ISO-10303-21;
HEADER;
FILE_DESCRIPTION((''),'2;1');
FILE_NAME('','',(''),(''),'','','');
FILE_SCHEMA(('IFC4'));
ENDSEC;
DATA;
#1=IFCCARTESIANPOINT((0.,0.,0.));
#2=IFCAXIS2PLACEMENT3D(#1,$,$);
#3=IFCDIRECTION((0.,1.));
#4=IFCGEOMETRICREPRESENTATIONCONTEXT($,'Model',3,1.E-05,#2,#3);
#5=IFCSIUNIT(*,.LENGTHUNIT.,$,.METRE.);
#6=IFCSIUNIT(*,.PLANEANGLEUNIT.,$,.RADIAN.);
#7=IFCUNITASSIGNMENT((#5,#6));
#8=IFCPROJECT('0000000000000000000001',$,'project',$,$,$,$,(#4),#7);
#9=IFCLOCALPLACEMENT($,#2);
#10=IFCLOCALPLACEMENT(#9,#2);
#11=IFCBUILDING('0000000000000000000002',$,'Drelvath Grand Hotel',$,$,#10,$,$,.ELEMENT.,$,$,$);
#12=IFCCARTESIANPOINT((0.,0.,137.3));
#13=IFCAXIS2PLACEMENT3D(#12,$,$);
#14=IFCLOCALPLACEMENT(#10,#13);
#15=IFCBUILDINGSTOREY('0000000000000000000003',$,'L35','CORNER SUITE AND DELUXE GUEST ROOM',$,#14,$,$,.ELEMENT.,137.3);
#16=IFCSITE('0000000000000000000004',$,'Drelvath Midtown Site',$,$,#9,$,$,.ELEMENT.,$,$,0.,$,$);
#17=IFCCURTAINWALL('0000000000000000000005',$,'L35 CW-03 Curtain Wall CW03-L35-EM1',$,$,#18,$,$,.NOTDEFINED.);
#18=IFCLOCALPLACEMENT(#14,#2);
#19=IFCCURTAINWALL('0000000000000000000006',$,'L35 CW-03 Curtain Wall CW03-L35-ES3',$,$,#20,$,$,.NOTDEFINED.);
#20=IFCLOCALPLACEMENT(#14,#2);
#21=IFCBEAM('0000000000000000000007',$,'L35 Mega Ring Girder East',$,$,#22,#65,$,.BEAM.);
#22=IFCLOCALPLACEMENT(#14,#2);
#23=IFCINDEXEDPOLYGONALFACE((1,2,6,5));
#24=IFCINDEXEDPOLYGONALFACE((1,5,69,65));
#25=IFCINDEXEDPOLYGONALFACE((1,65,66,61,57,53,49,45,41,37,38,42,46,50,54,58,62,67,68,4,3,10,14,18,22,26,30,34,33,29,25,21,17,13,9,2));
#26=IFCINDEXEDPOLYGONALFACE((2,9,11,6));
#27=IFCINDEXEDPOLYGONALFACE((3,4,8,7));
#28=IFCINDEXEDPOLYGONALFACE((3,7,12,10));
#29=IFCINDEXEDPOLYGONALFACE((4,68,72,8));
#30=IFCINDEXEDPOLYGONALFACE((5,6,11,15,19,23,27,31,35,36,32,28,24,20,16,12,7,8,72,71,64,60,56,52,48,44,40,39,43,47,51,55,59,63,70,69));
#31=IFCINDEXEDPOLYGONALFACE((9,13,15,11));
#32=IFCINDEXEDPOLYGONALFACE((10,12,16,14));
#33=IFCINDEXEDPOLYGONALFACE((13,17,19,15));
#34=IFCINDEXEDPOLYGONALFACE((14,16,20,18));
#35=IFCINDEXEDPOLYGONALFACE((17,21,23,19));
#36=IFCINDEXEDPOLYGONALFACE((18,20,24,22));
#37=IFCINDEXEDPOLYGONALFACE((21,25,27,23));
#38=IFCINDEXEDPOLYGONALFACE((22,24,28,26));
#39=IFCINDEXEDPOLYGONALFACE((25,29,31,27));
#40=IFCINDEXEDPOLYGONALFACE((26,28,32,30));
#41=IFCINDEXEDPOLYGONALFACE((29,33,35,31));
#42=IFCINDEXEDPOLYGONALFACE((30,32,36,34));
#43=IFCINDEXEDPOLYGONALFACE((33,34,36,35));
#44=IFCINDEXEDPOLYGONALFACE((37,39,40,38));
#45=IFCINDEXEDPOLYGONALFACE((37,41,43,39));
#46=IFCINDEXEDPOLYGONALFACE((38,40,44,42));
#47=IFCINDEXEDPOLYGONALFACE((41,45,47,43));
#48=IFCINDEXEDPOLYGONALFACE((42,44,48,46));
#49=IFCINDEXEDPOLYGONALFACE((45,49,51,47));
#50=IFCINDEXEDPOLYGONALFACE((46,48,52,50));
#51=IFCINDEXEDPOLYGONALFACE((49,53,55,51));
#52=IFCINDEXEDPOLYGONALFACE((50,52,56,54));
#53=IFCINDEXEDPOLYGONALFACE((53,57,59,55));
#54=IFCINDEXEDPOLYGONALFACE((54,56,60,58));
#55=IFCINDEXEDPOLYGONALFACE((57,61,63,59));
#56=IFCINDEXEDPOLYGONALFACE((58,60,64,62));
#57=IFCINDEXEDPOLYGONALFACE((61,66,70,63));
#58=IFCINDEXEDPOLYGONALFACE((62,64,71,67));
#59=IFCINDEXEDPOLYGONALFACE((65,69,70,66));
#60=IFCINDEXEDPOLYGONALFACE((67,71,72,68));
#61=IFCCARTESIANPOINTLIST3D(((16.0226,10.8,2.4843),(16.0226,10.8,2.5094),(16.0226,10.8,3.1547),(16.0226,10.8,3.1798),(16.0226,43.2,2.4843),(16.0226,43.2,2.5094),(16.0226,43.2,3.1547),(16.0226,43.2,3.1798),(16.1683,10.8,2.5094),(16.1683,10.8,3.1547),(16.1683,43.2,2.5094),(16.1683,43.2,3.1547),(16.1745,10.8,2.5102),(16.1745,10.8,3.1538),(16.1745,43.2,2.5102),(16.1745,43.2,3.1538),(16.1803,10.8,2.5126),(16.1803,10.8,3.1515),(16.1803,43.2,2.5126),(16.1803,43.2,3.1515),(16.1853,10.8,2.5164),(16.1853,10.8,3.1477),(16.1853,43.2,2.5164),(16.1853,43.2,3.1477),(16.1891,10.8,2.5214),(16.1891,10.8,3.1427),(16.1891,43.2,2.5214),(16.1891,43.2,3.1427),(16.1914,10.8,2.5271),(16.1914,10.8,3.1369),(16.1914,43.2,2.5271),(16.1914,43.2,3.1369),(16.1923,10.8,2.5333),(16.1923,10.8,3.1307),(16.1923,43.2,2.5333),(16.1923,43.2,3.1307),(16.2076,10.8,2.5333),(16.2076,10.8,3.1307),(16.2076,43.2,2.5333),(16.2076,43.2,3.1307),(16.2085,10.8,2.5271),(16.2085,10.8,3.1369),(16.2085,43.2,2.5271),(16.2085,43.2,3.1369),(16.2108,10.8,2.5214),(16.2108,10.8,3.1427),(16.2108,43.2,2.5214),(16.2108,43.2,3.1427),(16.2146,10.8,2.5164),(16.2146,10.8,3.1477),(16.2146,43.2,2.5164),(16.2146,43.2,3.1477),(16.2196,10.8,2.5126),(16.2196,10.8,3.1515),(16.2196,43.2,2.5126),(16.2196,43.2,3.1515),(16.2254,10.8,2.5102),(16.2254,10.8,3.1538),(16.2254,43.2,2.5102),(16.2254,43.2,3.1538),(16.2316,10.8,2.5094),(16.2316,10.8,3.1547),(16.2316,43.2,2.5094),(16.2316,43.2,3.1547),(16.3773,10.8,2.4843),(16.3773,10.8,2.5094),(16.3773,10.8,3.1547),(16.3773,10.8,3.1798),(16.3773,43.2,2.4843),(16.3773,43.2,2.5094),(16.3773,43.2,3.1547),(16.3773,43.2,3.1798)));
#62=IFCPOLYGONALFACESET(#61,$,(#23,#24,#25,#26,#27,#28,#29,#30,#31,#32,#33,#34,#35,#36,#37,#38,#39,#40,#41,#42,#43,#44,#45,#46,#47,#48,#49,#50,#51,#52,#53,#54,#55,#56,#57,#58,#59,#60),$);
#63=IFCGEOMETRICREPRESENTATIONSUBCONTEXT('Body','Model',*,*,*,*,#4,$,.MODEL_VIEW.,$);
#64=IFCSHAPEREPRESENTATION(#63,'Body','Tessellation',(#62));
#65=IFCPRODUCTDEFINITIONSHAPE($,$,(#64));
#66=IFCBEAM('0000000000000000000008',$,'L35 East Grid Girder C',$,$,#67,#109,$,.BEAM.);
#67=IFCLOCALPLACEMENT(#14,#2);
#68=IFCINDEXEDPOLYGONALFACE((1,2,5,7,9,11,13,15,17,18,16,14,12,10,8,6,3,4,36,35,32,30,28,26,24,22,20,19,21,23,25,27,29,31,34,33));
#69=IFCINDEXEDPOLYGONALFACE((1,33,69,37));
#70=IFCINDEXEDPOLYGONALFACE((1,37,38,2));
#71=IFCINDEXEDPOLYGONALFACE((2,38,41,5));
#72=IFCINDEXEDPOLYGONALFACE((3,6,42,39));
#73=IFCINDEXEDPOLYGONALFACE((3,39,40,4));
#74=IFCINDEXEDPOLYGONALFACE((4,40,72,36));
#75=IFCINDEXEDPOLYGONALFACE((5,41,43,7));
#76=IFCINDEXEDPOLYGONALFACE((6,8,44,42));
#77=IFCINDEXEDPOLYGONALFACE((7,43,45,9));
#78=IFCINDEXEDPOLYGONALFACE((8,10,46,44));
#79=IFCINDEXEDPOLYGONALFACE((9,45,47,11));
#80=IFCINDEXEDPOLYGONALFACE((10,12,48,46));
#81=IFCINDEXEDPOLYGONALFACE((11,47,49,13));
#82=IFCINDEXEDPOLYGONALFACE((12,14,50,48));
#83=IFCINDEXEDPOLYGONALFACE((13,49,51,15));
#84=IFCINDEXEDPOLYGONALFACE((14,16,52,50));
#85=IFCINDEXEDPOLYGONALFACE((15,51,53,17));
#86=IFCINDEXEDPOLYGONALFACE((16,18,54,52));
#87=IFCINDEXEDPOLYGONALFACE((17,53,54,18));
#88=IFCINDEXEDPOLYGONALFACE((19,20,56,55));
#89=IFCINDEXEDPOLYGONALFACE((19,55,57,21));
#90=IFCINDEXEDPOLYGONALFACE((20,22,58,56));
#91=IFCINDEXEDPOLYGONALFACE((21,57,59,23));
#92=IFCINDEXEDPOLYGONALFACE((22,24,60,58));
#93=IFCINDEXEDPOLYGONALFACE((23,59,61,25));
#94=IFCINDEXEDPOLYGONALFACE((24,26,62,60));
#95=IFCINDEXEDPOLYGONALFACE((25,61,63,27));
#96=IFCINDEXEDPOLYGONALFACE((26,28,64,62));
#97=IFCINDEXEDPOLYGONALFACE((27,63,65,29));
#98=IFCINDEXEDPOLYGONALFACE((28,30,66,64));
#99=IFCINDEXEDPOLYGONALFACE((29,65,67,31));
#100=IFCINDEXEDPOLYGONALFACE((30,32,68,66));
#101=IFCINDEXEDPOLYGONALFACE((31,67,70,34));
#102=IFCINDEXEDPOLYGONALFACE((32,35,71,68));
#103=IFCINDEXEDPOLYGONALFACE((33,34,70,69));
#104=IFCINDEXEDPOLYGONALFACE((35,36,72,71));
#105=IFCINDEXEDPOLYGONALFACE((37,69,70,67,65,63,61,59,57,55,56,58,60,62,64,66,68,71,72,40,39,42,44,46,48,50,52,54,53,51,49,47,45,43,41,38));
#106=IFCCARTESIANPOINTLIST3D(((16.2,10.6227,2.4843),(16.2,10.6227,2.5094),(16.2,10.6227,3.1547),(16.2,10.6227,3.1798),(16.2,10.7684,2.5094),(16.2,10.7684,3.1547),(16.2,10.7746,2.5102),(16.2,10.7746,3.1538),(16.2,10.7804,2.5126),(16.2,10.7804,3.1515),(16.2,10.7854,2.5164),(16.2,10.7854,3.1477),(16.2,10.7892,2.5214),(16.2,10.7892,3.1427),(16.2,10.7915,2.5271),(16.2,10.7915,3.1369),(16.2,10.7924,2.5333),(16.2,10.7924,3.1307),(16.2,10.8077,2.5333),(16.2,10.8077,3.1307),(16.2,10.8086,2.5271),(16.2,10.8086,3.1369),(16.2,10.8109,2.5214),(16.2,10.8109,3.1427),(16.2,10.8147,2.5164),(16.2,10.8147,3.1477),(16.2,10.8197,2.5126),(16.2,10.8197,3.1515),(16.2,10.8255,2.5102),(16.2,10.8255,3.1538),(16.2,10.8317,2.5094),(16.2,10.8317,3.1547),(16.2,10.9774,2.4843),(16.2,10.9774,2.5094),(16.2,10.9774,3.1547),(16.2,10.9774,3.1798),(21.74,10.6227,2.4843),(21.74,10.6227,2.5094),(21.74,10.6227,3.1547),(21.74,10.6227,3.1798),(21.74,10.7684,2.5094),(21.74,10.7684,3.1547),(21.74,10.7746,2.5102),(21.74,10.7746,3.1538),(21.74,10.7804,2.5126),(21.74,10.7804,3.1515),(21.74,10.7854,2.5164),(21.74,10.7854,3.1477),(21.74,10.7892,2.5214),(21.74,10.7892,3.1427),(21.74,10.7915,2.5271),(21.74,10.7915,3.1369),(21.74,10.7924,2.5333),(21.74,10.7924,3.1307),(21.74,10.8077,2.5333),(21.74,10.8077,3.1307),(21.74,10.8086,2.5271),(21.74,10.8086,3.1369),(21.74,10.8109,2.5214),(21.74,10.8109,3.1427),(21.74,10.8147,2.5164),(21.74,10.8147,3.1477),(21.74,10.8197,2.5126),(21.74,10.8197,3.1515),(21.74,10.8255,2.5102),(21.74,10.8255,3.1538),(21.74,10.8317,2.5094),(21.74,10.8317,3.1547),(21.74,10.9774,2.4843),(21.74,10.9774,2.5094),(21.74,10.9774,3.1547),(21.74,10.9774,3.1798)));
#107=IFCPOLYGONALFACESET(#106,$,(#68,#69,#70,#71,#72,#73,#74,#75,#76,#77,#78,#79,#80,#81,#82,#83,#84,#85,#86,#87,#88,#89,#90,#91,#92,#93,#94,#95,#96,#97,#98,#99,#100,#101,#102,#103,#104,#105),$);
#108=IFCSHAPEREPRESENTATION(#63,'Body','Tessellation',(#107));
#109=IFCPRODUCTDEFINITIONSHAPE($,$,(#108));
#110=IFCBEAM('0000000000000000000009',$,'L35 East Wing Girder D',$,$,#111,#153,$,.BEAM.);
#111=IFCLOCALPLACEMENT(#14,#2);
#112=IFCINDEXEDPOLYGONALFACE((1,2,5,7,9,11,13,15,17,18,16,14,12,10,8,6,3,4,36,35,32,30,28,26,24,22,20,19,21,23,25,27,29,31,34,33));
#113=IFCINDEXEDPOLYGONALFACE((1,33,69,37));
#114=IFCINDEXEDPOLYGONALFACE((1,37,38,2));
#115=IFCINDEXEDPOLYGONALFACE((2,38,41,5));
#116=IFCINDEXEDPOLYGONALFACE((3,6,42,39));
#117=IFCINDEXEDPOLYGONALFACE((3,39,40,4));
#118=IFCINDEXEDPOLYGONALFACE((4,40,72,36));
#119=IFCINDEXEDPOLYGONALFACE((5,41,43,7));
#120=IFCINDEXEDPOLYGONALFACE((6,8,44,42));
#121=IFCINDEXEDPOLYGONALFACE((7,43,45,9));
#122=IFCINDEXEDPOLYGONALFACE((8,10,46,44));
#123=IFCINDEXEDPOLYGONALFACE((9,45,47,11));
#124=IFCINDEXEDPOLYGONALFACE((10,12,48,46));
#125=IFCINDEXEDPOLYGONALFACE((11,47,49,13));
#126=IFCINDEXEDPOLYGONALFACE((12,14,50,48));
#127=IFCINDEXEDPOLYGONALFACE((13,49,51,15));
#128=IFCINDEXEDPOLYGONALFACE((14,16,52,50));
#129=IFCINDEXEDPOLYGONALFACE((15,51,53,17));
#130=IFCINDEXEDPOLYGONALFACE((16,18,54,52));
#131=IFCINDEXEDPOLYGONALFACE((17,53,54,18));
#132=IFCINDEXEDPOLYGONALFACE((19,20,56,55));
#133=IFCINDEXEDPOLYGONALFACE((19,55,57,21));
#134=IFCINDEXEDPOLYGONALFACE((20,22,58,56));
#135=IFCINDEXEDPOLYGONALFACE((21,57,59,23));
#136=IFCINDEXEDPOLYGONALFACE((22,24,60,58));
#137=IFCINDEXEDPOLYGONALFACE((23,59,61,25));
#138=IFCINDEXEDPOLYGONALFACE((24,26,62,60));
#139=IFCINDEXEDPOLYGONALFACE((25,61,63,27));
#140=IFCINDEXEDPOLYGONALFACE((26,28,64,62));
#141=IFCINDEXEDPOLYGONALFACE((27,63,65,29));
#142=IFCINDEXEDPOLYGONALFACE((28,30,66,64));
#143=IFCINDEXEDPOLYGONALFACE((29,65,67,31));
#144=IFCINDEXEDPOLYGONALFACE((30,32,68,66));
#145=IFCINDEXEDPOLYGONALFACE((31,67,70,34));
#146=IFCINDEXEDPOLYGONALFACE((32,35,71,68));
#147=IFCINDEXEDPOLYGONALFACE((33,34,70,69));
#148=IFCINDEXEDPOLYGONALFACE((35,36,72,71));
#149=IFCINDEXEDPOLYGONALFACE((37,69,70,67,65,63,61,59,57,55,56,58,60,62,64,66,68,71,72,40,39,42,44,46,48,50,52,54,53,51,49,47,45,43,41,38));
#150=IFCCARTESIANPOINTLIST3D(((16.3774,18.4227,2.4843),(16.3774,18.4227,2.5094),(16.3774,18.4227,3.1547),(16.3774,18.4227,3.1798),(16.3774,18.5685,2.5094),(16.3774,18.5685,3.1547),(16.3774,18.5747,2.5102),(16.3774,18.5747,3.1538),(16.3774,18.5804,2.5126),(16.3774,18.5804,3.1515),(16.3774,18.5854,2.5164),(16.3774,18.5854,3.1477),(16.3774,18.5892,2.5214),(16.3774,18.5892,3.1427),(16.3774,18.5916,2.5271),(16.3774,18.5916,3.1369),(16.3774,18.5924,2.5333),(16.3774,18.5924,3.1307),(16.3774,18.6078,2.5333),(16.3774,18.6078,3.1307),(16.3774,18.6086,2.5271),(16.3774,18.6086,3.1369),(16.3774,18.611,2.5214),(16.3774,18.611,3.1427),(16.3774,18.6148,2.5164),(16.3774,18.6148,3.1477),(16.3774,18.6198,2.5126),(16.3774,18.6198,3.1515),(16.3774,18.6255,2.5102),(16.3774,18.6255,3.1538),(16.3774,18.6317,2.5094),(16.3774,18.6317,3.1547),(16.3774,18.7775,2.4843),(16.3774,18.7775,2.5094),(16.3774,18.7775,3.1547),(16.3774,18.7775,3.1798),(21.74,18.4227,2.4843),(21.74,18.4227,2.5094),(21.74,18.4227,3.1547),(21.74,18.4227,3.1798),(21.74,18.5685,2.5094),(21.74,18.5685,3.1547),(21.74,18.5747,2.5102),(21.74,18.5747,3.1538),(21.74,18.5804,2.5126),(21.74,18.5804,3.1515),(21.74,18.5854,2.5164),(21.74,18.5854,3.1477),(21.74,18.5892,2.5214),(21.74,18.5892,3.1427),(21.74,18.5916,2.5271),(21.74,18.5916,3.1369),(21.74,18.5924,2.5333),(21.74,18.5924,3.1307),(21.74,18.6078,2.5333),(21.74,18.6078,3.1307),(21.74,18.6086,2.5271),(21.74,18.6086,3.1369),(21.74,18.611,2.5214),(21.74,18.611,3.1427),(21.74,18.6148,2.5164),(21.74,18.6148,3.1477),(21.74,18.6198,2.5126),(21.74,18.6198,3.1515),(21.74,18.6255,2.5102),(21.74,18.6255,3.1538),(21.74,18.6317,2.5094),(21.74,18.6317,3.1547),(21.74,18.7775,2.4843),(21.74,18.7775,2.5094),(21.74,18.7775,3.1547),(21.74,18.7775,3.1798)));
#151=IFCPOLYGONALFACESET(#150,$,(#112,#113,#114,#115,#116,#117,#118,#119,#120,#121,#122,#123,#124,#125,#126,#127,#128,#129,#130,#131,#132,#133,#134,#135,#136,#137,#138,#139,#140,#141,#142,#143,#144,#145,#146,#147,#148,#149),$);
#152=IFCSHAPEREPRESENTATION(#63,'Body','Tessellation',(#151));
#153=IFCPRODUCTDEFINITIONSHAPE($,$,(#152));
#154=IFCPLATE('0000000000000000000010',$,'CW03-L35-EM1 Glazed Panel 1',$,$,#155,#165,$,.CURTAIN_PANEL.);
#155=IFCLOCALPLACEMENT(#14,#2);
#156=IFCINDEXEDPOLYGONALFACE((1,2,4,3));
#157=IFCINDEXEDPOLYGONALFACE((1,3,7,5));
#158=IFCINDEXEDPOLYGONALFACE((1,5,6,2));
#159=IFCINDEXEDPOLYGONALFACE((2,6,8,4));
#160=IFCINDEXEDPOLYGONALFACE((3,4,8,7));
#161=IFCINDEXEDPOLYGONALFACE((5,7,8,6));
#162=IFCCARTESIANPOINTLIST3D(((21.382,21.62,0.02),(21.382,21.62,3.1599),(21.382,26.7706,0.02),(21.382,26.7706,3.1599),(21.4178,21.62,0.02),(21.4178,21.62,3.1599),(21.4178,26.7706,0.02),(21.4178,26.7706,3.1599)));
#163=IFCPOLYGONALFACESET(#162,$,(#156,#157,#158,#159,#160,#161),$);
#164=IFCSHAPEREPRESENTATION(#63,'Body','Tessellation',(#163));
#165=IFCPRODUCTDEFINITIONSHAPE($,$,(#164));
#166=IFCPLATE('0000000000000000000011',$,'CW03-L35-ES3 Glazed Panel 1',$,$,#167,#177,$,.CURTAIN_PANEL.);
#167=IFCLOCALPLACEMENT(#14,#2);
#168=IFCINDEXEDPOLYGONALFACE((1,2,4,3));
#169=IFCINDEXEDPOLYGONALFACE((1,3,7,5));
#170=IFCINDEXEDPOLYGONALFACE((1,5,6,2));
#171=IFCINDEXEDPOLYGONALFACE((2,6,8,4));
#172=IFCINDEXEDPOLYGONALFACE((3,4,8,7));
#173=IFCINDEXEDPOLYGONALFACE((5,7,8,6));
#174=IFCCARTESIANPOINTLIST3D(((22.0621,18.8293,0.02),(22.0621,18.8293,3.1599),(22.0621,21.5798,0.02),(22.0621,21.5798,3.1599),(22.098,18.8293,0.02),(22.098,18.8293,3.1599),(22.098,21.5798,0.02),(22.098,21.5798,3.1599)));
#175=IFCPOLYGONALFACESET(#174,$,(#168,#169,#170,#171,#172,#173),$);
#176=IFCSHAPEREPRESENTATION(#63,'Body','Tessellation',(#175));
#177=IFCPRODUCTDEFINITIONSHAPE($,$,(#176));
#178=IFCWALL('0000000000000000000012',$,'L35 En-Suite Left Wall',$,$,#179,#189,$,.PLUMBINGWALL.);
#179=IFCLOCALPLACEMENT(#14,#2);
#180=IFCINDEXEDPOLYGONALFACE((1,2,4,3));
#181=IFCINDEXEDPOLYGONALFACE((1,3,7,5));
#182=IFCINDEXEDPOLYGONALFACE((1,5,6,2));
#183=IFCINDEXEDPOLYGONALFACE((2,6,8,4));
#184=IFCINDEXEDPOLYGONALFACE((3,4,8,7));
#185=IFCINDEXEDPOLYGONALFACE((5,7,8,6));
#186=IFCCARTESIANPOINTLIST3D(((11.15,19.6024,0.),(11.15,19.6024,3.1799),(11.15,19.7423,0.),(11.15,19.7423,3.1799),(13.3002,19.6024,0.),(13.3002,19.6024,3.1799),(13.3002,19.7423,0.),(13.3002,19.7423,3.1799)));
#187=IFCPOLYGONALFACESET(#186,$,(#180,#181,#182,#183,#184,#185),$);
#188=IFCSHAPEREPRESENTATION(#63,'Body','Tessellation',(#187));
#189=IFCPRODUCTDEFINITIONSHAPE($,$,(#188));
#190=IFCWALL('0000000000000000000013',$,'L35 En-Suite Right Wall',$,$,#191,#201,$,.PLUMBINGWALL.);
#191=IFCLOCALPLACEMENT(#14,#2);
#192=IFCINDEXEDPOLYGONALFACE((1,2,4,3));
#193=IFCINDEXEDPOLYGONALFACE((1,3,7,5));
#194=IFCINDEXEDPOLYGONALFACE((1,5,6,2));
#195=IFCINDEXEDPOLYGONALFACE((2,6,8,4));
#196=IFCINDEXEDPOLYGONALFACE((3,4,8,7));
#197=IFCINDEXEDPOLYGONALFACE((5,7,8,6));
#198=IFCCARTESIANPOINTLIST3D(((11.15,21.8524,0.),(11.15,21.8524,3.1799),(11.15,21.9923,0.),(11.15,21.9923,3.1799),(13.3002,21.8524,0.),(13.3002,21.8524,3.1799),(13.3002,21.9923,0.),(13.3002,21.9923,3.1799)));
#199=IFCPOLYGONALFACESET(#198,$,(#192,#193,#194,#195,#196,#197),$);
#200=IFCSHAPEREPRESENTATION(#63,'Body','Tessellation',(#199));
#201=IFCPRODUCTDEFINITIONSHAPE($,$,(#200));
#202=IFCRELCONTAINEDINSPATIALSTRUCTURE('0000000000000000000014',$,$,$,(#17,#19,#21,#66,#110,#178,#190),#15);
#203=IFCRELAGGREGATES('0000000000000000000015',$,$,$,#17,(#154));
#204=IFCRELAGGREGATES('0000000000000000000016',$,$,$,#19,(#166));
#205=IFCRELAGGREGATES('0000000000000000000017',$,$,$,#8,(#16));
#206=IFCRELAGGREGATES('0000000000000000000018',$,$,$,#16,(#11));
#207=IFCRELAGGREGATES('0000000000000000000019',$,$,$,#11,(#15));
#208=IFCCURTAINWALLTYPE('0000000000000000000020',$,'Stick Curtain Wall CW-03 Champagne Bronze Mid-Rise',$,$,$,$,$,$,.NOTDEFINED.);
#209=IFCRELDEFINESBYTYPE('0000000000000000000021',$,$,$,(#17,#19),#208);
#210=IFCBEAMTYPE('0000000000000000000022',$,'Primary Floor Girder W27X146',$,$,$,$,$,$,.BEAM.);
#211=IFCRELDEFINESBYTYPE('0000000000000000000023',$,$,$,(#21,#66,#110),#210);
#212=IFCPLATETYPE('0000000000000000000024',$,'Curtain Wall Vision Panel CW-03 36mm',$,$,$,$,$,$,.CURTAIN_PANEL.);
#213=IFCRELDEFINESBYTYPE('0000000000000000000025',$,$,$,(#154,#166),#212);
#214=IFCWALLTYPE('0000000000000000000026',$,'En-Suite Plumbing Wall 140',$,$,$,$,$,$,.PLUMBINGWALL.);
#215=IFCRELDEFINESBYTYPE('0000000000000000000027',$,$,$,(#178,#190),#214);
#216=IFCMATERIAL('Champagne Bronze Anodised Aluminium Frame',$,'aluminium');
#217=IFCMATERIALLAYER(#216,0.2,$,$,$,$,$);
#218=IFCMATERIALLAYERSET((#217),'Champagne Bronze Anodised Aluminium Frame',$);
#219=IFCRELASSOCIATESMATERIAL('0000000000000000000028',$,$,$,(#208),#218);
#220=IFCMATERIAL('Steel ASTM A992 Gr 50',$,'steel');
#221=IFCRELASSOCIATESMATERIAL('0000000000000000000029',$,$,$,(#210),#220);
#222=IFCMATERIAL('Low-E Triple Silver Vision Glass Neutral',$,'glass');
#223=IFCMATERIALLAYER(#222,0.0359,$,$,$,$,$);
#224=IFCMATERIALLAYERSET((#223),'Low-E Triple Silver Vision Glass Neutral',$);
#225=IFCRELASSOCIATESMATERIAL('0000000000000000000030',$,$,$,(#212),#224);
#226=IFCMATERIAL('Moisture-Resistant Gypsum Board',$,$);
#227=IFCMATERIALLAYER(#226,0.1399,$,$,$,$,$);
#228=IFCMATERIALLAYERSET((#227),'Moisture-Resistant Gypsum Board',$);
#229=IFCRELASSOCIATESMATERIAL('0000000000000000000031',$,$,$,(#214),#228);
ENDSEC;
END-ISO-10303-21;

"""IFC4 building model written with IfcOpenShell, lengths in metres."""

from ifc_helpers import new_model, si_unit, direction, frame, frame_2d, origin, origin_2d, place, context, subcontext, project, spatial, rectangle, i_section, extrude, material, layer, layer_set, material_profile, profile_set, type_object, element, aggregate, save


model = new_model("IFC4")

# Units and contexts
model_context = context("Model", 3, precision=1e-05, world=origin(), true_north=direction((0.0, 1.0)))
body_context = subcontext(model_context, "Body", "Model", "MODEL_VIEW")
ifc_project = project(units=[si_unit("LENGTHUNIT", "METRE"), si_unit("PLANEANGLEUNIT", "RADIAN")], contexts=[model_context])

# Site, building, storey
site_placement = place(None, origin())
site = spatial("IfcSite", under=ifc_project, at=site_placement, Name="Drelvath Midtown Site", CompositionType="ELEMENT", RefElevation=0.0)
building_placement = place(site_placement, origin())
building = spatial("IfcBuilding", under=site, at=building_placement, Name="Drelvath Grand Hotel", CompositionType="ELEMENT")
storey_placement = place(building_placement, frame((0.0, 0.0, 137.3)))
storey = spatial("IfcBuildingStorey", under=building, at=storey_placement, Name="L35", Description="CORNER SUITE AND DELUXE GUEST ROOM", CompositionType="ELEMENT", Elevation=137.3)

# Shared definitions
ifc_material_1 = material(Name="Steel ASTM A992 Gr 50", Category="steel")

# Curtain walls
ifc_material_2 = material(Name="Champagne Bronze Anodised Aluminium Frame", Category="aluminium")
ifc_layer_1 = layer(ifc_material_2, 0.2)
ifc_layer_set_1 = layer_set([ifc_layer_1], Name="Champagne Bronze Anodised Aluminium Frame")
curtain_wall_type = type_object("IfcCurtainWallType", Name="Stick Curtain Wall CW-03 Champagne Bronze Mid-Rise", PredefinedType="NOTDEFINED", material=ifc_layer_set_1)
curtain_wall_1_placement = place(storey_placement, origin())
curtain_wall_1 = element("IfcCurtainWall", 1, at=curtain_wall_1_placement, inside=storey, type_object=curtain_wall_type, Name="L35 CW-03 Curtain Wall CW03-L35-EM1", PredefinedType="NOTDEFINED")
curtain_wall_2_placement = place(storey_placement, origin())
curtain_wall_2 = element("IfcCurtainWall", 2, at=curtain_wall_2_placement, inside=storey, type_object=curtain_wall_type, Name="L35 CW-03 Curtain Wall CW03-L35-ES3", PredefinedType="NOTDEFINED")

# Beams
ifc_material_profile_1 = material_profile(ifc_material_1, i_section(OverallWidth=0.3547, OverallDepth=0.6956, WebThickness=0.0154, FlangeThickness=0.0251, FilletRadius=0.0239, at=origin_2d()), Name="W27X146")
ifc_profile_set_1 = profile_set([ifc_material_profile_1], Name="Steel ASTM A992 Gr 50")
beam_type_1 = type_object("IfcBeamType", Name="Primary Floor Girder W27X146", PredefinedType="BEAM", material=ifc_profile_set_1)
beam_1_placement = place(storey_placement, frame((16.2, 10.8, 2.832), z_axis=(0.0, 1.0, 0.0), x_axis=(-1.0, 0.0, 0.0)))
element("IfcBeam", 3, at=beam_1_placement, inside=storey, type_object=beam_type_1, Name="L35 Mega Ring Girder East", PredefinedType="BEAM", context=body_context, shape_type="SweptSolid", body=[
    extrude(i_section(OverallWidth=0.3547, OverallDepth=0.6956, WebThickness=0.0154, FlangeThickness=0.0251, FilletRadius=0.0239, at=origin_2d()), origin(), (0.0, 0.0, 1.0), 32.3999),
])
beam_2_placement = place(storey_placement, frame((16.2, 10.8, 2.832), z_axis=(1.0, 0.0, 0.0), x_axis=(0.0, 1.0, 0.0)))
element("IfcBeam", 4, at=beam_2_placement, inside=storey, type_object=beam_type_1, Name="L35 East Grid Girder C", PredefinedType="BEAM", context=body_context, shape_type="SweptSolid", body=[
    extrude(i_section(OverallWidth=0.3547, OverallDepth=0.6956, WebThickness=0.0154, FlangeThickness=0.0251, FilletRadius=0.0239, at=origin_2d()), origin(), (0.0, 0.0, 1.0), 5.54),
])
beam_3_placement = place(storey_placement, frame((16.3774, 18.6001, 2.832), z_axis=(1.0, 0.0, 0.0), x_axis=(0.0, 1.0, 0.0)))
element("IfcBeam", 5, at=beam_3_placement, inside=storey, type_object=beam_type_1, Name="L35 East Wing Girder D", PredefinedType="BEAM", context=body_context, shape_type="SweptSolid", body=[
    extrude(i_section(OverallWidth=0.3547, OverallDepth=0.6956, WebThickness=0.0154, FlangeThickness=0.0251, FilletRadius=0.0239, at=origin_2d()), origin(), (0.0, 0.0, 1.0), 5.3625),
])

# Plates
ifc_material_3 = material(Name="Low-E Triple Silver Vision Glass Neutral", Category="glass")
ifc_layer_2 = layer(ifc_material_3, 0.0359)
ifc_layer_set_2 = layer_set([ifc_layer_2], Name="Low-E Triple Silver Vision Glass Neutral")
plate_type = type_object("IfcPlateType", Name="Curtain Wall Vision Panel CW-03 36mm", PredefinedType="CURTAIN_PANEL", material=ifc_layer_set_2)
plate_1_placement = place(storey_placement, frame((21.3999, 24.1953, 0.02), z_axis=(0.0, 0.0, 1.0), x_axis=(0.0, -1.0, 0.0)))
plate_1 = element("IfcPlate", 6, at=plate_1_placement, type_object=plate_type, Name="CW03-L35-EM1 Glazed Panel 1", PredefinedType="CURTAIN_PANEL", context=body_context, shape_type="SweptSolid", body=[
    extrude(rectangle(XDim=5.1506, YDim=0.0359, at=origin_2d()), origin(), (0.0, 0.0, 1.0), 3.1399),
])
aggregate(curtain_wall_1, [plate_1])
plate_2_placement = place(storey_placement, frame((22.0801, 20.2046, 0.02), z_axis=(0.0, 0.0, 1.0), x_axis=(0.0, -1.0, 0.0)))
plate_2 = element("IfcPlate", 7, at=plate_2_placement, type_object=plate_type, Name="CW03-L35-ES3 Glazed Panel 1", PredefinedType="CURTAIN_PANEL", context=body_context, shape_type="SweptSolid", body=[
    extrude(rectangle(XDim=2.7505, YDim=0.0359, at=origin_2d()), origin(), (0.0, 0.0, 1.0), 3.1399),
])
aggregate(curtain_wall_2, [plate_2])

# Walls
ifc_material_4 = material(Name="Moisture-Resistant Gypsum Board")
ifc_layer_3 = layer(ifc_material_4, 0.1399)
ifc_layer_set_3 = layer_set([ifc_layer_3], Name="Moisture-Resistant Gypsum Board")
wall_type_1 = type_object("IfcWallType", Name="En-Suite Plumbing Wall 140", PredefinedType="PLUMBINGWALL", material=ifc_layer_set_3)
for number, where, z_axis, x_axis, name in (
    (8, (11.1499, 19.6724, 0.0), (0.0, 0.0, 1.0), (1.0, 0.0, 0.0), "L35 En-Suite Left Wall"),
    (9, (11.1499, 21.9224, 0.0), (0.0, 0.0, 1.0), (1.0, 0.0, 0.0), "L35 En-Suite Right Wall"),
):
    element("IfcWall", number, at=place(storey_placement, frame(where, z_axis=z_axis, x_axis=x_axis)), inside=storey, type_object=wall_type_1, Name=name, PredefinedType="PLUMBINGWALL", context=body_context, shape_type="SweptSolid", body=[
        extrude(rectangle(XDim=2.1501, YDim=0.1399, at=frame_2d((1.0752, 0.0))), origin(), (0.0, 0.0, 1.0), 3.1799),
    ])

save(model, "model.ifc")
